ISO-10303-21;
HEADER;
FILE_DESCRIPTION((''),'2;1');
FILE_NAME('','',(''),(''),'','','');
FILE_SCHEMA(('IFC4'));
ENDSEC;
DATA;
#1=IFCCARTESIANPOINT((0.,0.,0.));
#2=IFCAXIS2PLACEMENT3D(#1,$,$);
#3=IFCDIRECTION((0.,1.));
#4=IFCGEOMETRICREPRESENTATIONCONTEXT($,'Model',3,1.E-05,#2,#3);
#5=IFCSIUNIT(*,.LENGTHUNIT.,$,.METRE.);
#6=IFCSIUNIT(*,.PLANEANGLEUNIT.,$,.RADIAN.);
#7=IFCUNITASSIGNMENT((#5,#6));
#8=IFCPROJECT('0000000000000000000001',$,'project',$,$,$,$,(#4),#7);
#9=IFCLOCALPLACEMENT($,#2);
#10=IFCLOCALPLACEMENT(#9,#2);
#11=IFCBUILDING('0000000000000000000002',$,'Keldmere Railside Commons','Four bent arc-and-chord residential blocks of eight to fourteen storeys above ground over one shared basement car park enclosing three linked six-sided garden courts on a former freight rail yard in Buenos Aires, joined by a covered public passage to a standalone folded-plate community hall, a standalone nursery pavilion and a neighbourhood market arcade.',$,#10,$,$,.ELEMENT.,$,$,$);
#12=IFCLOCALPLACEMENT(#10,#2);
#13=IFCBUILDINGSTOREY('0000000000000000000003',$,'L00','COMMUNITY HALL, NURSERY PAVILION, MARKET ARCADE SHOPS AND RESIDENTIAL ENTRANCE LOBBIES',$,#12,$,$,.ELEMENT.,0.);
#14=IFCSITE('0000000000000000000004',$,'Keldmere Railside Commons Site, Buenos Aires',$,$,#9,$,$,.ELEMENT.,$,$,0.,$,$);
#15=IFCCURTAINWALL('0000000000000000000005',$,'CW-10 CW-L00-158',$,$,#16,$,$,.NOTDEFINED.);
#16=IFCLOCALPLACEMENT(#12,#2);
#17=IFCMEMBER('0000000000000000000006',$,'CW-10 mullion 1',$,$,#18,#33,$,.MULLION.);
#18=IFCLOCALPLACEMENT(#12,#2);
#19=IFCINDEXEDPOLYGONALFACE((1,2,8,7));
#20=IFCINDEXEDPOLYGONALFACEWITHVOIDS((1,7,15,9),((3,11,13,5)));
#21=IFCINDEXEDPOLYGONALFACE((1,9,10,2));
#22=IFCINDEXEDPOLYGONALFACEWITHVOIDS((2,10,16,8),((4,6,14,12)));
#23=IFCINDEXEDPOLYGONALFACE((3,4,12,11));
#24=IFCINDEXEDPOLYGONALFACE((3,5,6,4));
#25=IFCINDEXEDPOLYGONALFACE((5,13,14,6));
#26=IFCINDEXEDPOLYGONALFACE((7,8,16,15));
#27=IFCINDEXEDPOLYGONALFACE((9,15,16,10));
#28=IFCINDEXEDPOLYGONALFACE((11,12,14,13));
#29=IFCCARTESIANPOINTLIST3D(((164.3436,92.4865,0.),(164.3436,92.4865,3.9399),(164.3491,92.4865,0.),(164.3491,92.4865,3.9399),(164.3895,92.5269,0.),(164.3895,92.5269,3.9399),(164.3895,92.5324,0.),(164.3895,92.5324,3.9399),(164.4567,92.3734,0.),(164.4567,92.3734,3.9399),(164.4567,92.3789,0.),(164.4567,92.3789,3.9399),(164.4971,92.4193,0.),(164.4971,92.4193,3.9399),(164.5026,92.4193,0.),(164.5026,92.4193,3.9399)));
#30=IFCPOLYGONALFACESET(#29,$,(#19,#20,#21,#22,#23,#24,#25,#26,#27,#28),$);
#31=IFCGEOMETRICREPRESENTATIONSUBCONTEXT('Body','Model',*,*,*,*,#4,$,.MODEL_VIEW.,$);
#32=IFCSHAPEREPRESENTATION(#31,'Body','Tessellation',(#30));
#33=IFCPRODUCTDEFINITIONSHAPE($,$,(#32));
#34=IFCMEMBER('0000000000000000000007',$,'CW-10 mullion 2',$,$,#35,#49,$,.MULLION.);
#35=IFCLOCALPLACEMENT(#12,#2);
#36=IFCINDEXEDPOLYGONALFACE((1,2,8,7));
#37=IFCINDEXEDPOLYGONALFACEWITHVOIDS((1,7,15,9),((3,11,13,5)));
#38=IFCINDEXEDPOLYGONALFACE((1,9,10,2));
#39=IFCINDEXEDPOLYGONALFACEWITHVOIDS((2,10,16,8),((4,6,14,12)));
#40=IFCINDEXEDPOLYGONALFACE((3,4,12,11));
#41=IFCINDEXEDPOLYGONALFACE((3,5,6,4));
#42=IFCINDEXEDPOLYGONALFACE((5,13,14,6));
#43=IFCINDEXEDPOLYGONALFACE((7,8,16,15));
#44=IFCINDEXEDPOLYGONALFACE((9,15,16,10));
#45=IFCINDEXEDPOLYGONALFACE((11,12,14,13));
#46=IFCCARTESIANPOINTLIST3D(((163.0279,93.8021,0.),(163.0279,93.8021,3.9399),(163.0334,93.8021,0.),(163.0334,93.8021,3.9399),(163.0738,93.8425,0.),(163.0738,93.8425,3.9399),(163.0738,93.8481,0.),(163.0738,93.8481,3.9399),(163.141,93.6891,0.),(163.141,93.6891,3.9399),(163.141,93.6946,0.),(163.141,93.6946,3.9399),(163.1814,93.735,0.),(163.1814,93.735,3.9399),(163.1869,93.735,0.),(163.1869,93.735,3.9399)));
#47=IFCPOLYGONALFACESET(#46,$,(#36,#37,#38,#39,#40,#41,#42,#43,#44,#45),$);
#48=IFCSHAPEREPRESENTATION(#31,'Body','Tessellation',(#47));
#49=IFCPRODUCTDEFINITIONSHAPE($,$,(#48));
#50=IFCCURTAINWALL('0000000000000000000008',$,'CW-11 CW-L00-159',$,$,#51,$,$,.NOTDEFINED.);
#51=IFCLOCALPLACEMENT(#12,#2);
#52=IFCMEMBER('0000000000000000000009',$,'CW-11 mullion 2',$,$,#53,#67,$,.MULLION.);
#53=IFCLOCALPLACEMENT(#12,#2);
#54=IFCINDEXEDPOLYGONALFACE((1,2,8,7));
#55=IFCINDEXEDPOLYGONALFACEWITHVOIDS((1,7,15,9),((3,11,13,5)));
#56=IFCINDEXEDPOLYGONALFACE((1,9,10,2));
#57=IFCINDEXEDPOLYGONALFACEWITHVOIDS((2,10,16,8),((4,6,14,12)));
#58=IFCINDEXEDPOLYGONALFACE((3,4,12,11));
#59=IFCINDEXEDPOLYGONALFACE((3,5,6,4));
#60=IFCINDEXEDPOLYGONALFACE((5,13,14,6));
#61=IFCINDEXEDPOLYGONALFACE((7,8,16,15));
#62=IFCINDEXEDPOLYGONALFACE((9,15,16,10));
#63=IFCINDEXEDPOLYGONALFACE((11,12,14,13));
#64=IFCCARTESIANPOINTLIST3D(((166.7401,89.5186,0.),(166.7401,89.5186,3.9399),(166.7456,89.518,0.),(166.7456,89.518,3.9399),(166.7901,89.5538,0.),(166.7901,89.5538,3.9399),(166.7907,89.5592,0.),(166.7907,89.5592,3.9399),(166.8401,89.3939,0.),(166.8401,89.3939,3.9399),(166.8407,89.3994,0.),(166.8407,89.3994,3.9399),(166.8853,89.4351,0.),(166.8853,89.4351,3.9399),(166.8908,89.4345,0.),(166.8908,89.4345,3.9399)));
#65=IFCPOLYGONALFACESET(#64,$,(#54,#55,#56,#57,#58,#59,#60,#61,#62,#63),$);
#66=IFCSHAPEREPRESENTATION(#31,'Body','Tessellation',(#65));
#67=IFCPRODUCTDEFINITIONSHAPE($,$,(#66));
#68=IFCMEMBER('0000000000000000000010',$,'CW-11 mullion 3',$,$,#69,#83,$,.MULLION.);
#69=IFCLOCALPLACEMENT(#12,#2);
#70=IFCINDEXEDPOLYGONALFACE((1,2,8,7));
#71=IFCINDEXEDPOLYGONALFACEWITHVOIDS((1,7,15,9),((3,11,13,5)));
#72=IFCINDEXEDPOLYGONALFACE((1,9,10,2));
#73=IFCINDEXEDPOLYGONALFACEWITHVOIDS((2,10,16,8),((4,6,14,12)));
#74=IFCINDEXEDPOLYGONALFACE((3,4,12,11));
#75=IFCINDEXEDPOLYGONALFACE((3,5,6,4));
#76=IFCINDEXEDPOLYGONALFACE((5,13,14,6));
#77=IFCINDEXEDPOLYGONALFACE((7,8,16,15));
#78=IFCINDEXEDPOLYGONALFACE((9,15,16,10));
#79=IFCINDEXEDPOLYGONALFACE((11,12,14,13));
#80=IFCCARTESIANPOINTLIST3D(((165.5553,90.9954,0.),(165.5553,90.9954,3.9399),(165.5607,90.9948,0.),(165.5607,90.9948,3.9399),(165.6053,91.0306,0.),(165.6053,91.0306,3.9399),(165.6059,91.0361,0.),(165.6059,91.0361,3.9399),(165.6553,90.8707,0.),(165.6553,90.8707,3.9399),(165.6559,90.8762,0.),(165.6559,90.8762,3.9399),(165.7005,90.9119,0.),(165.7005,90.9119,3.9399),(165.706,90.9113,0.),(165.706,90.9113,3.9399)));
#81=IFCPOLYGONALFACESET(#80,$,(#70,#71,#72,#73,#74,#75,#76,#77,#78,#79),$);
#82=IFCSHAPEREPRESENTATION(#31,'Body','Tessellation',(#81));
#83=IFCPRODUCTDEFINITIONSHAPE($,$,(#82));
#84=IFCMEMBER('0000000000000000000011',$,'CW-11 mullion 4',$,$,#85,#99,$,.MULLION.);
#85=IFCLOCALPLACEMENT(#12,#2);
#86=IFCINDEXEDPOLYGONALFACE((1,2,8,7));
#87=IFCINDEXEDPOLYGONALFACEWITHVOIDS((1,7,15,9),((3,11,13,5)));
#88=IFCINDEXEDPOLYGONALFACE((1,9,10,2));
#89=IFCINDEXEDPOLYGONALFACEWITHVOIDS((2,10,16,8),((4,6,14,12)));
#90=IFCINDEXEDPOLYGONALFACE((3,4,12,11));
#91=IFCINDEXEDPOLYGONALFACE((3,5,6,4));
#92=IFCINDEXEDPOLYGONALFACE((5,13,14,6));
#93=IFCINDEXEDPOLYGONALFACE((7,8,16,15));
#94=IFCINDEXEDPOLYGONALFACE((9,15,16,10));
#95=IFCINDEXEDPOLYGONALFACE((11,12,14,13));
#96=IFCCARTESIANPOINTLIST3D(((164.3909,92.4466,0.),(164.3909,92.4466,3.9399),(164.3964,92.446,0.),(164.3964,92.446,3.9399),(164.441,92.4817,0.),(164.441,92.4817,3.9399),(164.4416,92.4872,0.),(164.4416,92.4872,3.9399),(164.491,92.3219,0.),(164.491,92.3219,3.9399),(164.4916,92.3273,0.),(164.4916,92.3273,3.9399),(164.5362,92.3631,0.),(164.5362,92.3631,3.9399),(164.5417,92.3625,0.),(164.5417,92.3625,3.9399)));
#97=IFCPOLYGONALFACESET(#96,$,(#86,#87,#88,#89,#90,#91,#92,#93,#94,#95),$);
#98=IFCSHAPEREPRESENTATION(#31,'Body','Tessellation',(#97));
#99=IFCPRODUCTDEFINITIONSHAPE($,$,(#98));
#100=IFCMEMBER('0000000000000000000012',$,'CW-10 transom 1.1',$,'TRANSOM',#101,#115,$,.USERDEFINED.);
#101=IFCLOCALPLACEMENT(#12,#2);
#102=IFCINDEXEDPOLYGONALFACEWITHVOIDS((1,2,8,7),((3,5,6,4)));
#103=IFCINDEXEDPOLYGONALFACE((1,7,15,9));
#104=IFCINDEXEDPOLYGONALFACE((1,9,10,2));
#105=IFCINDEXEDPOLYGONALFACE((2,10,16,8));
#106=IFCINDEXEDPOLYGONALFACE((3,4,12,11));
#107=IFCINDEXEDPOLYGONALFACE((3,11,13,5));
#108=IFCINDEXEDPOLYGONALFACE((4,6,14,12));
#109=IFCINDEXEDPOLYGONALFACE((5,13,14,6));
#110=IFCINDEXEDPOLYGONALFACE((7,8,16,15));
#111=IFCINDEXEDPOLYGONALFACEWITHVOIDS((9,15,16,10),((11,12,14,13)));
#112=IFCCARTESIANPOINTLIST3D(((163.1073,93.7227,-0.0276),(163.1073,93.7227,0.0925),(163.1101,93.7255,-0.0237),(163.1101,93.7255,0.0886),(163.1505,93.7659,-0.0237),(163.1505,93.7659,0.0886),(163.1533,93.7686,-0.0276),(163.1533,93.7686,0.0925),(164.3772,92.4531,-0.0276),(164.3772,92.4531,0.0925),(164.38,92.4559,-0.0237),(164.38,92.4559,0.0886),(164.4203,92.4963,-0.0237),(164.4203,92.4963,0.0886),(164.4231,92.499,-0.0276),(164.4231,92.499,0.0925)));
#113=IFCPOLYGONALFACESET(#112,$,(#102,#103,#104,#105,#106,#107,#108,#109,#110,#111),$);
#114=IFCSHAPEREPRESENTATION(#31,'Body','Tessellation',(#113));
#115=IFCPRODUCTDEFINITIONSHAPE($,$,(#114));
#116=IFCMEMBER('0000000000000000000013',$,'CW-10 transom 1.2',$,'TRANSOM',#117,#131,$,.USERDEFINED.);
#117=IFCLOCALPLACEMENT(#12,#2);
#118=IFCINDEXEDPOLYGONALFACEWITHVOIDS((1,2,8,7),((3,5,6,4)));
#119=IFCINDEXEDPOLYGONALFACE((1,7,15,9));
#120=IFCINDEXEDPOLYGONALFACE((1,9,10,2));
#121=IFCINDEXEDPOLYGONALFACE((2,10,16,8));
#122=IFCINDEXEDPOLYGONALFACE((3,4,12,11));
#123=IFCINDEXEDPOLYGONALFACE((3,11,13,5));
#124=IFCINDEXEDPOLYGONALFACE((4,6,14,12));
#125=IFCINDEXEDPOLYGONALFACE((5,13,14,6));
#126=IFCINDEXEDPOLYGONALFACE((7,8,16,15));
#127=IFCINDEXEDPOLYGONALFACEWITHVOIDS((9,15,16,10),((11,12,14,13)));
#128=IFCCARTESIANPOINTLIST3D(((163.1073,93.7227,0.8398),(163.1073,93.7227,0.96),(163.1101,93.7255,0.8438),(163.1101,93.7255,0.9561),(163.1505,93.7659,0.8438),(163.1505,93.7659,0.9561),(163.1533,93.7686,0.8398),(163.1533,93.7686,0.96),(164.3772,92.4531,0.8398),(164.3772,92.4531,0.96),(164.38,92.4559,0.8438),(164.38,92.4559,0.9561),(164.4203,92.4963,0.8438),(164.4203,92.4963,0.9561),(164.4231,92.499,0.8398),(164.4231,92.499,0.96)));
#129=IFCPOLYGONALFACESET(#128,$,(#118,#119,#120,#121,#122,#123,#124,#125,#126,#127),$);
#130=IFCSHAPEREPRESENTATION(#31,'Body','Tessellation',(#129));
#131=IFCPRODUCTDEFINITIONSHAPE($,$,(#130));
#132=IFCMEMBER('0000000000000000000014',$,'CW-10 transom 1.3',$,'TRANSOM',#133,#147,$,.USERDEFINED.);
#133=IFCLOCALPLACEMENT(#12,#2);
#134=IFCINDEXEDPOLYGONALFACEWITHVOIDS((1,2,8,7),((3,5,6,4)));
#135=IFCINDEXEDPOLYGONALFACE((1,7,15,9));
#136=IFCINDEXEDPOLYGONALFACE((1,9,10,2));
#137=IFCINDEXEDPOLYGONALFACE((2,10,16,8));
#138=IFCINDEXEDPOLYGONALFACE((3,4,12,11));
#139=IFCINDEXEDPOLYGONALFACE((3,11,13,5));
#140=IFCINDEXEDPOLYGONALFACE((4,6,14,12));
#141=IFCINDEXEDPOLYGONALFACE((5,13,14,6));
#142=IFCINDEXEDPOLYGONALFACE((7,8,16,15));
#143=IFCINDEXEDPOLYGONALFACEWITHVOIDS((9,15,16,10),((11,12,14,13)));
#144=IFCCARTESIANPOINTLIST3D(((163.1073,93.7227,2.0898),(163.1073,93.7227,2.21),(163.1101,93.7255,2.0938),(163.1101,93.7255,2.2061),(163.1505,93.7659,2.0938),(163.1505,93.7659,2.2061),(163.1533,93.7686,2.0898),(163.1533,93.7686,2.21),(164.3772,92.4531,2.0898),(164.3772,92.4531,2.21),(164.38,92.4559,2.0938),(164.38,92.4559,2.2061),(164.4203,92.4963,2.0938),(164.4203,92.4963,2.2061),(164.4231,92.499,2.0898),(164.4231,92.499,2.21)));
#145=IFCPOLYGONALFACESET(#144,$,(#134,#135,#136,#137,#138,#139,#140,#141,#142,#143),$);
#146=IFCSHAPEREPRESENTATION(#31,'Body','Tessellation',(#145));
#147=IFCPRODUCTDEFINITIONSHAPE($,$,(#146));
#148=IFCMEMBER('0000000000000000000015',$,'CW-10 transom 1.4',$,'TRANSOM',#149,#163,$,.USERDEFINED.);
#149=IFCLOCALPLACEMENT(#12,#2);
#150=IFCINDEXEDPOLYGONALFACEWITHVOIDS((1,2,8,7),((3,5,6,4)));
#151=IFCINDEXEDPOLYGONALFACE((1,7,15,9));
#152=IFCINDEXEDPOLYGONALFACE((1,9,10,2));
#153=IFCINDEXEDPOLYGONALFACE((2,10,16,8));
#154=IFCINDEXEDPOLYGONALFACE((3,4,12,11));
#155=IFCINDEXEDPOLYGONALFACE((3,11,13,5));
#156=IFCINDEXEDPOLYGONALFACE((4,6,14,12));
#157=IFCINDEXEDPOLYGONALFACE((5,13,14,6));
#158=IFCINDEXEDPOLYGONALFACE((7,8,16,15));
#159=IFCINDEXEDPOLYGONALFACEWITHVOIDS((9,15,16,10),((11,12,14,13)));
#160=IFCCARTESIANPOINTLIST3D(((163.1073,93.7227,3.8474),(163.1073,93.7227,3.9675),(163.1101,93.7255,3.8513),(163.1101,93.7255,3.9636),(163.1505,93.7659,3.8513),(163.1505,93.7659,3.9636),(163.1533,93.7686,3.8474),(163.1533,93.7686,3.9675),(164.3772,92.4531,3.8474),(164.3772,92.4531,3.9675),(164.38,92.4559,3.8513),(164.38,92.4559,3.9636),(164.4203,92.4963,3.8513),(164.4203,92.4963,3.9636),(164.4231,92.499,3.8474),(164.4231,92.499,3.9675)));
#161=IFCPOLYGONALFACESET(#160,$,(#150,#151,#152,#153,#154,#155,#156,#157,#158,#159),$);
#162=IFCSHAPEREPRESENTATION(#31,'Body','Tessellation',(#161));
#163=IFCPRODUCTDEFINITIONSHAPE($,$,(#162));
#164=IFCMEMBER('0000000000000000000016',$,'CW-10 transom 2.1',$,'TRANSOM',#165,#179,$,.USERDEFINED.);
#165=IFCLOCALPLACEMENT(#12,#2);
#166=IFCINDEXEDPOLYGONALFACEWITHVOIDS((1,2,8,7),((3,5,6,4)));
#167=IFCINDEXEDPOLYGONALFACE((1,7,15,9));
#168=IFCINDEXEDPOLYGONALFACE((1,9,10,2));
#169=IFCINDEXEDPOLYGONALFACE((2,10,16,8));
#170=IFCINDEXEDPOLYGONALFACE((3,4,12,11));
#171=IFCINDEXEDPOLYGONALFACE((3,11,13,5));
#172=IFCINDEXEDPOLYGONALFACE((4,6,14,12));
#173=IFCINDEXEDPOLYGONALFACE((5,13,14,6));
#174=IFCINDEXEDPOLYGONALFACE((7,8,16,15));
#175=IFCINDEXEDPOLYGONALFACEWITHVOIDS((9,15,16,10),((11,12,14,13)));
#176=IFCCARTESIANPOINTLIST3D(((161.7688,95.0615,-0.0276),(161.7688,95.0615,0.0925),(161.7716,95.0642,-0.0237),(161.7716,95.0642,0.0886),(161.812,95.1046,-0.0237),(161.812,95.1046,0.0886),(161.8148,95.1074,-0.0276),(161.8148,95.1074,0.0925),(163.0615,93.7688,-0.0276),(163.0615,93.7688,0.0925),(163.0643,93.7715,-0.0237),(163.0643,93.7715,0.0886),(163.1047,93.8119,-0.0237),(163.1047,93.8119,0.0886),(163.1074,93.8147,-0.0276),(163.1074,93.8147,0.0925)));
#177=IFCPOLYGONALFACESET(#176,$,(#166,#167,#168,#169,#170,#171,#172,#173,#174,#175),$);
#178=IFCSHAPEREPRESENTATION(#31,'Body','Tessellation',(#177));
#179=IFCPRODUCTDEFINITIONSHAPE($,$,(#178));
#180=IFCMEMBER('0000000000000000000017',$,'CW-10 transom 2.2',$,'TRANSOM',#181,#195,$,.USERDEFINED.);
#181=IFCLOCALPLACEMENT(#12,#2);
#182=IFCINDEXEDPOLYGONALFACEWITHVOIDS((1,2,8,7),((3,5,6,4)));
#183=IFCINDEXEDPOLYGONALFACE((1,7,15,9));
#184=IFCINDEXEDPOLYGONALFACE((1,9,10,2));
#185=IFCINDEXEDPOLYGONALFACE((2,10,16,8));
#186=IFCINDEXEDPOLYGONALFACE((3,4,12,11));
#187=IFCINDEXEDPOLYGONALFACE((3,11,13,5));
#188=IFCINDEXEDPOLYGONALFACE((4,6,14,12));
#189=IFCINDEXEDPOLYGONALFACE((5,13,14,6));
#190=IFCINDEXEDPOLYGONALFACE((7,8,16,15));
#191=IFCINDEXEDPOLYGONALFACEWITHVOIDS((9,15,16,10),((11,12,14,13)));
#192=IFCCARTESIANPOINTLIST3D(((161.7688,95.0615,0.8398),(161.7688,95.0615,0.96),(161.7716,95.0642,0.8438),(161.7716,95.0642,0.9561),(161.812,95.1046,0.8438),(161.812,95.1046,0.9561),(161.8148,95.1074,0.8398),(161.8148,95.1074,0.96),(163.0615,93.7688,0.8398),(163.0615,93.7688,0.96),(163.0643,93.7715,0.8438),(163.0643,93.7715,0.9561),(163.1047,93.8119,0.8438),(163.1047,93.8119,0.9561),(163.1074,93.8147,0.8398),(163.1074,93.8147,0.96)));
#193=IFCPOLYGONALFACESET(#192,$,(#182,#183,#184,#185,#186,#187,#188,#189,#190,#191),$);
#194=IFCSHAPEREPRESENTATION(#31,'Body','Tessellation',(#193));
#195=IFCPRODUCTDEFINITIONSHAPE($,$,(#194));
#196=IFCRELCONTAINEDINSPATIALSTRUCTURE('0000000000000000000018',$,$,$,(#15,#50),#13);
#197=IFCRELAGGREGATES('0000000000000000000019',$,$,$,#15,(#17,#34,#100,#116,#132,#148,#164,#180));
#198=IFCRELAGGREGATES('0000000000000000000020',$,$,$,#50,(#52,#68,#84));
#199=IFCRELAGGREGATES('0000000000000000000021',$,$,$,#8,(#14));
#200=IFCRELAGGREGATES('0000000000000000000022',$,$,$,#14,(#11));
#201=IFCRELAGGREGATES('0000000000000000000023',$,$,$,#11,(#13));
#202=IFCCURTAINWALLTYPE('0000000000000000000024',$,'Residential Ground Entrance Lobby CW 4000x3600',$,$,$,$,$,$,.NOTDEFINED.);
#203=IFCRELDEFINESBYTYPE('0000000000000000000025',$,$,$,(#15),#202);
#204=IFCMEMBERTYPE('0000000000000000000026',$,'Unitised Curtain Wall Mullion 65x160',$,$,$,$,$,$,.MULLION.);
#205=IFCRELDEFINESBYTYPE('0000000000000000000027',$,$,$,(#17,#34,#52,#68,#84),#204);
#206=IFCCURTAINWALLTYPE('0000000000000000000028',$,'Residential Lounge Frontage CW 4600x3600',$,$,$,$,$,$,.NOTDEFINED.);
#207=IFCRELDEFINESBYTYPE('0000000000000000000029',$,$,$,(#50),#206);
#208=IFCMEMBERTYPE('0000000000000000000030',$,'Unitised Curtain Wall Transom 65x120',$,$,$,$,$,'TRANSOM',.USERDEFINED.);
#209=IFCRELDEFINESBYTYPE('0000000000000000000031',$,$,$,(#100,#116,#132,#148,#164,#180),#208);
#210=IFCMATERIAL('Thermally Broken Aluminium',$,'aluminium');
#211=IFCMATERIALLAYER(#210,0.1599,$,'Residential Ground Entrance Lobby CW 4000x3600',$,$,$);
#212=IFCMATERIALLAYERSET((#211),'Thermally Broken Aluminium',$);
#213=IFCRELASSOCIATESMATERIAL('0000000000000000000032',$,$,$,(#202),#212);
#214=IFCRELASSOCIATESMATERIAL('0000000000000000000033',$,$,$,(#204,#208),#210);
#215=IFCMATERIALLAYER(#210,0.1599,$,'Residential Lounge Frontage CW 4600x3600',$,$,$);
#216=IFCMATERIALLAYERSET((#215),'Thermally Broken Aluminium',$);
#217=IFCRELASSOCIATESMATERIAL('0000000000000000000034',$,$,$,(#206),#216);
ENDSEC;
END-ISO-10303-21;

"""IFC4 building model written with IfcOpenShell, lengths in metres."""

from ifc_helpers import new_model, si_unit, direction, frame, origin, origin_2d, place, context, subcontext, project, spatial, hollow_rectangle, extrude, material, layer, layer_set, material_profile, profile_set, type_object, element, aggregate, save


model = new_model("IFC4")

# Units and contexts
model_context = context("Model", 3, precision=1e-05, world=origin(), true_north=direction((0.0, 1.0)))
body_context = subcontext(model_context, "Body", "Model", "MODEL_VIEW")
ifc_project = project(units=[si_unit("LENGTHUNIT", "METRE"), si_unit("PLANEANGLEUNIT", "RADIAN")], contexts=[model_context])

# Site, building, storey
site_placement = place(None, origin())
site = spatial("IfcSite", under=ifc_project, at=site_placement, Name="Keldmere Railside Commons Site, Buenos Aires", CompositionType="ELEMENT", RefElevation=0.0)
building_placement = place(site_placement, origin())
building = spatial("IfcBuilding", under=site, at=building_placement, Name="Keldmere Railside Commons", Description="Four bent arc-and-chord residential blocks of eight to fourteen storeys above ground over one shared basement car park enclosing three linked six-sided garden courts on a former freight rail yard in Buenos Aires, joined by a covered public passage to a standalone folded-plate community hall, a standalone nursery pavilion and a neighbourhood market arcade.", CompositionType="ELEMENT")
storey_placement = place(building_placement, origin())
storey = spatial("IfcBuildingStorey", under=building, at=storey_placement, Name="L00", Description="COMMUNITY HALL, NURSERY PAVILION, MARKET ARCADE SHOPS AND RESIDENTIAL ENTRANCE LOBBIES", CompositionType="ELEMENT", Elevation=0.0)

# Curtain walls, members
ifc_material_1 = material(Name="Thermally Broken Aluminium", Category="aluminium")
ifc_layer_1 = layer(ifc_material_1, 0.1599, Name="Residential Ground Entrance Lobby CW 4000x3600")
ifc_layer_set_1 = layer_set([ifc_layer_1], Name="Thermally Broken Aluminium")
curtain_wall_type_1 = type_object("IfcCurtainWallType", Name="Residential Ground Entrance Lobby CW 4000x3600", PredefinedType="NOTDEFINED", material=ifc_layer_set_1)
curtain_wall_1_placement = place(storey_placement, origin())
curtain_wall_1 = element("IfcCurtainWall", 1, at=curtain_wall_1_placement, inside=storey, type_object=curtain_wall_type_1, Name="CW-10 CW-L00-158", PredefinedType="NOTDEFINED")
ifc_material_profile_1 = material_profile(ifc_material_1, hollow_rectangle(XDim=0.0649, YDim=0.1599, WallThickness=0.0039, at=origin_2d()), Name="ALU-MULL-65x160")
ifc_profile_set_1 = profile_set([ifc_material_profile_1], Name="Thermally Broken Aluminium")
member_type_1 = type_object("IfcMemberType", Name="Unitised Curtain Wall Mullion 65x160", PredefinedType="MULLION", material=ifc_profile_set_1)
member_1_placement = place(storey_placement, frame((164.4231, 92.4529, 0.0), z_axis=(0.0, 0.0, 1.0), x_axis=(-0.707107, -0.707107, 0.0)))
member_1 = element("IfcMember", 2, at=member_1_placement, type_object=member_type_1, Name="CW-10 mullion 1", PredefinedType="MULLION", context=body_context, shape_type="SweptSolid", body=[
    extrude(hollow_rectangle(XDim=0.0649, YDim=0.1599, WallThickness=0.0039, at=origin_2d()), origin(), (0.0, 0.0, 1.0), 3.9399),
])
member_2_placement = place(storey_placement, frame((163.1074, 93.7686, 0.0), z_axis=(0.0, 0.0, 1.0), x_axis=(-0.707107, -0.707107, 0.0)))
member_2 = element("IfcMember", 3, at=member_2_placement, type_object=member_type_1, Name="CW-10 mullion 2", PredefinedType="MULLION", context=body_context, shape_type="SweptSolid", body=[
    extrude(hollow_rectangle(XDim=0.0649, YDim=0.1599, WallThickness=0.0039, at=origin_2d()), origin(), (0.0, 0.0, 1.0), 3.9399),
])
ifc_layer_2 = layer(ifc_material_1, 0.1599, Name="Residential Lounge Frontage CW 4600x3600")
ifc_layer_set_2 = layer_set([ifc_layer_2], Name="Thermally Broken Aluminium")
curtain_wall_type_2 = type_object("IfcCurtainWallType", Name="Residential Lounge Frontage CW 4600x3600", PredefinedType="NOTDEFINED", material=ifc_layer_set_2)
curtain_wall_2_placement = place(storey_placement, origin())
curtain_wall_2 = element("IfcCurtainWall", 4, at=curtain_wall_2_placement, inside=storey, type_object=curtain_wall_type_2, Name="CW-11 CW-L00-159", PredefinedType="NOTDEFINED")
member_3_placement = place(storey_placement, frame((166.8154, 89.4766, 0.0), z_axis=(0.0, 0.0, 1.0), x_axis=(-0.780009, -0.625768, 0.0)))
member_3 = element("IfcMember", 5, at=member_3_placement, type_object=member_type_1, Name="CW-11 mullion 2", PredefinedType="MULLION", context=body_context, shape_type="SweptSolid", body=[
    extrude(hollow_rectangle(XDim=0.0649, YDim=0.1599, WallThickness=0.0039, at=origin_2d()), origin(), (0.0, 0.0, 1.0), 3.9399),
])
member_4_placement = place(storey_placement, frame((165.6306, 90.9534, 0.0), z_axis=(0.0, 0.0, 1.0), x_axis=(-0.780009, -0.625768, 0.0)))
member_4 = element("IfcMember", 6, at=member_4_placement, type_object=member_type_1, Name="CW-11 mullion 3", PredefinedType="MULLION", context=body_context, shape_type="SweptSolid", body=[
    extrude(hollow_rectangle(XDim=0.0649, YDim=0.1599, WallThickness=0.0039, at=origin_2d()), origin(), (0.0, 0.0, 1.0), 3.9399),
])
member_5_placement = place(storey_placement, frame((164.4663, 92.4045, 0.0), z_axis=(0.0, 0.0, 1.0), x_axis=(-0.780009, -0.625768, 0.0)))
member_5 = element("IfcMember", 7, at=member_5_placement, type_object=member_type_1, Name="CW-11 mullion 4", PredefinedType="MULLION", context=body_context, shape_type="SweptSolid", body=[
    extrude(hollow_rectangle(XDim=0.0649, YDim=0.1599, WallThickness=0.0039, at=origin_2d()), origin(), (0.0, 0.0, 1.0), 3.9399),
])

# Members
ifc_material_profile_2 = material_profile(ifc_material_1, hollow_rectangle(XDim=0.0649, YDim=0.1201, WallThickness=0.0039, at=origin_2d()), Name="ALU-TRAN-65x120")
ifc_profile_set_2 = profile_set([ifc_material_profile_2], Name="Thermally Broken Aluminium")
member_type_2 = type_object("IfcMemberType", Name="Unitised Curtain Wall Transom 65x120", ElementType="TRANSOM", PredefinedType="USERDEFINED", material=ifc_profile_set_2)
member_6_placement = place(storey_placement, frame((164.4001, 92.4761, 0.0325), z_axis=(-0.707175, 0.707039, 0.0), x_axis=(-0.707039, -0.707175, 0.0)))
member_6 = element("IfcMember", 8, at=member_6_placement, type_object=member_type_2, Name="CW-10 transom 1.1", ObjectType="TRANSOM", PredefinedType="USERDEFINED", context=body_context, shape_type="SweptSolid", body=[
    extrude(hollow_rectangle(XDim=0.0649, YDim=0.1201, WallThickness=0.0039, at=origin_2d()), origin(), (0.0, 0.0, 1.0), 1.7957),
])
member_7_placement = place(storey_placement, frame((164.4001, 92.4761, 0.8999), z_axis=(-0.707175, 0.707039, 0.0), x_axis=(-0.707039, -0.707175, 0.0)))
member_7 = element("IfcMember", 9, at=member_7_placement, type_object=member_type_2, Name="CW-10 transom 1.2", ObjectType="TRANSOM", PredefinedType="USERDEFINED", context=body_context, shape_type="SweptSolid", body=[
    extrude(hollow_rectangle(XDim=0.0649, YDim=0.1201, WallThickness=0.0039, at=origin_2d()), origin(), (0.0, 0.0, 1.0), 1.7957),
])
member_8_placement = place(storey_placement, frame((164.4001, 92.4761, 2.1499), z_axis=(-0.707175, 0.707039, 0.0), x_axis=(-0.707039, -0.707175, 0.0)))
member_8 = element("IfcMember", 10, at=member_8_placement, type_object=member_type_2, Name="CW-10 transom 1.3", ObjectType="TRANSOM", PredefinedType="USERDEFINED", context=body_context, shape_type="SweptSolid", body=[
    extrude(hollow_rectangle(XDim=0.0649, YDim=0.1201, WallThickness=0.0039, at=origin_2d()), origin(), (0.0, 0.0, 1.0), 1.7957),
])
member_9_placement = place(storey_placement, frame((164.4001, 92.4761, 3.9075), z_axis=(-0.707175, 0.707039, 0.0), x_axis=(-0.707039, -0.707175, 0.0)))
member_9 = element("IfcMember", 11, at=member_9_placement, type_object=member_type_2, Name="CW-10 transom 1.4", ObjectType="TRANSOM", PredefinedType="USERDEFINED", context=body_context, shape_type="SweptSolid", body=[
    extrude(hollow_rectangle(XDim=0.0649, YDim=0.1201, WallThickness=0.0039, at=origin_2d()), origin(), (0.0, 0.0, 1.0), 1.7957),
])
member_10_placement = place(storey_placement, frame((163.0845, 93.7917, 0.0325), z_axis=(-0.707107, 0.707107, 0.0), x_axis=(-0.707107, -0.707107, 0.0)))
member_10 = element("IfcMember", 12, at=member_10_placement, type_object=member_type_2, Name="CW-10 transom 2.1", ObjectType="TRANSOM", PredefinedType="USERDEFINED", context=body_context, shape_type="SweptSolid", body=[
    extrude(hollow_rectangle(XDim=0.0649, YDim=0.1201, WallThickness=0.0039, at=origin_2d()), origin(), (0.0, 0.0, 1.0), 1.8281),
])
member_11_placement = place(storey_placement, frame((163.0845, 93.7917, 0.8999), z_axis=(-0.707107, 0.707107, 0.0), x_axis=(-0.707107, -0.707107, 0.0)))
member_11 = element("IfcMember", 13, at=member_11_placement, type_object=member_type_2, Name="CW-10 transom 2.2", ObjectType="TRANSOM", PredefinedType="USERDEFINED", context=body_context, shape_type="SweptSolid", body=[
    extrude(hollow_rectangle(XDim=0.0649, YDim=0.1201, WallThickness=0.0039, at=origin_2d()), origin(), (0.0, 0.0, 1.0), 1.8281),
])

aggregate(curtain_wall_1, [member_1, member_2, member_6, member_7, member_8, member_9, member_10, member_11])
aggregate(curtain_wall_2, [member_3, member_4, member_5])

save(model, "model.ifc")
